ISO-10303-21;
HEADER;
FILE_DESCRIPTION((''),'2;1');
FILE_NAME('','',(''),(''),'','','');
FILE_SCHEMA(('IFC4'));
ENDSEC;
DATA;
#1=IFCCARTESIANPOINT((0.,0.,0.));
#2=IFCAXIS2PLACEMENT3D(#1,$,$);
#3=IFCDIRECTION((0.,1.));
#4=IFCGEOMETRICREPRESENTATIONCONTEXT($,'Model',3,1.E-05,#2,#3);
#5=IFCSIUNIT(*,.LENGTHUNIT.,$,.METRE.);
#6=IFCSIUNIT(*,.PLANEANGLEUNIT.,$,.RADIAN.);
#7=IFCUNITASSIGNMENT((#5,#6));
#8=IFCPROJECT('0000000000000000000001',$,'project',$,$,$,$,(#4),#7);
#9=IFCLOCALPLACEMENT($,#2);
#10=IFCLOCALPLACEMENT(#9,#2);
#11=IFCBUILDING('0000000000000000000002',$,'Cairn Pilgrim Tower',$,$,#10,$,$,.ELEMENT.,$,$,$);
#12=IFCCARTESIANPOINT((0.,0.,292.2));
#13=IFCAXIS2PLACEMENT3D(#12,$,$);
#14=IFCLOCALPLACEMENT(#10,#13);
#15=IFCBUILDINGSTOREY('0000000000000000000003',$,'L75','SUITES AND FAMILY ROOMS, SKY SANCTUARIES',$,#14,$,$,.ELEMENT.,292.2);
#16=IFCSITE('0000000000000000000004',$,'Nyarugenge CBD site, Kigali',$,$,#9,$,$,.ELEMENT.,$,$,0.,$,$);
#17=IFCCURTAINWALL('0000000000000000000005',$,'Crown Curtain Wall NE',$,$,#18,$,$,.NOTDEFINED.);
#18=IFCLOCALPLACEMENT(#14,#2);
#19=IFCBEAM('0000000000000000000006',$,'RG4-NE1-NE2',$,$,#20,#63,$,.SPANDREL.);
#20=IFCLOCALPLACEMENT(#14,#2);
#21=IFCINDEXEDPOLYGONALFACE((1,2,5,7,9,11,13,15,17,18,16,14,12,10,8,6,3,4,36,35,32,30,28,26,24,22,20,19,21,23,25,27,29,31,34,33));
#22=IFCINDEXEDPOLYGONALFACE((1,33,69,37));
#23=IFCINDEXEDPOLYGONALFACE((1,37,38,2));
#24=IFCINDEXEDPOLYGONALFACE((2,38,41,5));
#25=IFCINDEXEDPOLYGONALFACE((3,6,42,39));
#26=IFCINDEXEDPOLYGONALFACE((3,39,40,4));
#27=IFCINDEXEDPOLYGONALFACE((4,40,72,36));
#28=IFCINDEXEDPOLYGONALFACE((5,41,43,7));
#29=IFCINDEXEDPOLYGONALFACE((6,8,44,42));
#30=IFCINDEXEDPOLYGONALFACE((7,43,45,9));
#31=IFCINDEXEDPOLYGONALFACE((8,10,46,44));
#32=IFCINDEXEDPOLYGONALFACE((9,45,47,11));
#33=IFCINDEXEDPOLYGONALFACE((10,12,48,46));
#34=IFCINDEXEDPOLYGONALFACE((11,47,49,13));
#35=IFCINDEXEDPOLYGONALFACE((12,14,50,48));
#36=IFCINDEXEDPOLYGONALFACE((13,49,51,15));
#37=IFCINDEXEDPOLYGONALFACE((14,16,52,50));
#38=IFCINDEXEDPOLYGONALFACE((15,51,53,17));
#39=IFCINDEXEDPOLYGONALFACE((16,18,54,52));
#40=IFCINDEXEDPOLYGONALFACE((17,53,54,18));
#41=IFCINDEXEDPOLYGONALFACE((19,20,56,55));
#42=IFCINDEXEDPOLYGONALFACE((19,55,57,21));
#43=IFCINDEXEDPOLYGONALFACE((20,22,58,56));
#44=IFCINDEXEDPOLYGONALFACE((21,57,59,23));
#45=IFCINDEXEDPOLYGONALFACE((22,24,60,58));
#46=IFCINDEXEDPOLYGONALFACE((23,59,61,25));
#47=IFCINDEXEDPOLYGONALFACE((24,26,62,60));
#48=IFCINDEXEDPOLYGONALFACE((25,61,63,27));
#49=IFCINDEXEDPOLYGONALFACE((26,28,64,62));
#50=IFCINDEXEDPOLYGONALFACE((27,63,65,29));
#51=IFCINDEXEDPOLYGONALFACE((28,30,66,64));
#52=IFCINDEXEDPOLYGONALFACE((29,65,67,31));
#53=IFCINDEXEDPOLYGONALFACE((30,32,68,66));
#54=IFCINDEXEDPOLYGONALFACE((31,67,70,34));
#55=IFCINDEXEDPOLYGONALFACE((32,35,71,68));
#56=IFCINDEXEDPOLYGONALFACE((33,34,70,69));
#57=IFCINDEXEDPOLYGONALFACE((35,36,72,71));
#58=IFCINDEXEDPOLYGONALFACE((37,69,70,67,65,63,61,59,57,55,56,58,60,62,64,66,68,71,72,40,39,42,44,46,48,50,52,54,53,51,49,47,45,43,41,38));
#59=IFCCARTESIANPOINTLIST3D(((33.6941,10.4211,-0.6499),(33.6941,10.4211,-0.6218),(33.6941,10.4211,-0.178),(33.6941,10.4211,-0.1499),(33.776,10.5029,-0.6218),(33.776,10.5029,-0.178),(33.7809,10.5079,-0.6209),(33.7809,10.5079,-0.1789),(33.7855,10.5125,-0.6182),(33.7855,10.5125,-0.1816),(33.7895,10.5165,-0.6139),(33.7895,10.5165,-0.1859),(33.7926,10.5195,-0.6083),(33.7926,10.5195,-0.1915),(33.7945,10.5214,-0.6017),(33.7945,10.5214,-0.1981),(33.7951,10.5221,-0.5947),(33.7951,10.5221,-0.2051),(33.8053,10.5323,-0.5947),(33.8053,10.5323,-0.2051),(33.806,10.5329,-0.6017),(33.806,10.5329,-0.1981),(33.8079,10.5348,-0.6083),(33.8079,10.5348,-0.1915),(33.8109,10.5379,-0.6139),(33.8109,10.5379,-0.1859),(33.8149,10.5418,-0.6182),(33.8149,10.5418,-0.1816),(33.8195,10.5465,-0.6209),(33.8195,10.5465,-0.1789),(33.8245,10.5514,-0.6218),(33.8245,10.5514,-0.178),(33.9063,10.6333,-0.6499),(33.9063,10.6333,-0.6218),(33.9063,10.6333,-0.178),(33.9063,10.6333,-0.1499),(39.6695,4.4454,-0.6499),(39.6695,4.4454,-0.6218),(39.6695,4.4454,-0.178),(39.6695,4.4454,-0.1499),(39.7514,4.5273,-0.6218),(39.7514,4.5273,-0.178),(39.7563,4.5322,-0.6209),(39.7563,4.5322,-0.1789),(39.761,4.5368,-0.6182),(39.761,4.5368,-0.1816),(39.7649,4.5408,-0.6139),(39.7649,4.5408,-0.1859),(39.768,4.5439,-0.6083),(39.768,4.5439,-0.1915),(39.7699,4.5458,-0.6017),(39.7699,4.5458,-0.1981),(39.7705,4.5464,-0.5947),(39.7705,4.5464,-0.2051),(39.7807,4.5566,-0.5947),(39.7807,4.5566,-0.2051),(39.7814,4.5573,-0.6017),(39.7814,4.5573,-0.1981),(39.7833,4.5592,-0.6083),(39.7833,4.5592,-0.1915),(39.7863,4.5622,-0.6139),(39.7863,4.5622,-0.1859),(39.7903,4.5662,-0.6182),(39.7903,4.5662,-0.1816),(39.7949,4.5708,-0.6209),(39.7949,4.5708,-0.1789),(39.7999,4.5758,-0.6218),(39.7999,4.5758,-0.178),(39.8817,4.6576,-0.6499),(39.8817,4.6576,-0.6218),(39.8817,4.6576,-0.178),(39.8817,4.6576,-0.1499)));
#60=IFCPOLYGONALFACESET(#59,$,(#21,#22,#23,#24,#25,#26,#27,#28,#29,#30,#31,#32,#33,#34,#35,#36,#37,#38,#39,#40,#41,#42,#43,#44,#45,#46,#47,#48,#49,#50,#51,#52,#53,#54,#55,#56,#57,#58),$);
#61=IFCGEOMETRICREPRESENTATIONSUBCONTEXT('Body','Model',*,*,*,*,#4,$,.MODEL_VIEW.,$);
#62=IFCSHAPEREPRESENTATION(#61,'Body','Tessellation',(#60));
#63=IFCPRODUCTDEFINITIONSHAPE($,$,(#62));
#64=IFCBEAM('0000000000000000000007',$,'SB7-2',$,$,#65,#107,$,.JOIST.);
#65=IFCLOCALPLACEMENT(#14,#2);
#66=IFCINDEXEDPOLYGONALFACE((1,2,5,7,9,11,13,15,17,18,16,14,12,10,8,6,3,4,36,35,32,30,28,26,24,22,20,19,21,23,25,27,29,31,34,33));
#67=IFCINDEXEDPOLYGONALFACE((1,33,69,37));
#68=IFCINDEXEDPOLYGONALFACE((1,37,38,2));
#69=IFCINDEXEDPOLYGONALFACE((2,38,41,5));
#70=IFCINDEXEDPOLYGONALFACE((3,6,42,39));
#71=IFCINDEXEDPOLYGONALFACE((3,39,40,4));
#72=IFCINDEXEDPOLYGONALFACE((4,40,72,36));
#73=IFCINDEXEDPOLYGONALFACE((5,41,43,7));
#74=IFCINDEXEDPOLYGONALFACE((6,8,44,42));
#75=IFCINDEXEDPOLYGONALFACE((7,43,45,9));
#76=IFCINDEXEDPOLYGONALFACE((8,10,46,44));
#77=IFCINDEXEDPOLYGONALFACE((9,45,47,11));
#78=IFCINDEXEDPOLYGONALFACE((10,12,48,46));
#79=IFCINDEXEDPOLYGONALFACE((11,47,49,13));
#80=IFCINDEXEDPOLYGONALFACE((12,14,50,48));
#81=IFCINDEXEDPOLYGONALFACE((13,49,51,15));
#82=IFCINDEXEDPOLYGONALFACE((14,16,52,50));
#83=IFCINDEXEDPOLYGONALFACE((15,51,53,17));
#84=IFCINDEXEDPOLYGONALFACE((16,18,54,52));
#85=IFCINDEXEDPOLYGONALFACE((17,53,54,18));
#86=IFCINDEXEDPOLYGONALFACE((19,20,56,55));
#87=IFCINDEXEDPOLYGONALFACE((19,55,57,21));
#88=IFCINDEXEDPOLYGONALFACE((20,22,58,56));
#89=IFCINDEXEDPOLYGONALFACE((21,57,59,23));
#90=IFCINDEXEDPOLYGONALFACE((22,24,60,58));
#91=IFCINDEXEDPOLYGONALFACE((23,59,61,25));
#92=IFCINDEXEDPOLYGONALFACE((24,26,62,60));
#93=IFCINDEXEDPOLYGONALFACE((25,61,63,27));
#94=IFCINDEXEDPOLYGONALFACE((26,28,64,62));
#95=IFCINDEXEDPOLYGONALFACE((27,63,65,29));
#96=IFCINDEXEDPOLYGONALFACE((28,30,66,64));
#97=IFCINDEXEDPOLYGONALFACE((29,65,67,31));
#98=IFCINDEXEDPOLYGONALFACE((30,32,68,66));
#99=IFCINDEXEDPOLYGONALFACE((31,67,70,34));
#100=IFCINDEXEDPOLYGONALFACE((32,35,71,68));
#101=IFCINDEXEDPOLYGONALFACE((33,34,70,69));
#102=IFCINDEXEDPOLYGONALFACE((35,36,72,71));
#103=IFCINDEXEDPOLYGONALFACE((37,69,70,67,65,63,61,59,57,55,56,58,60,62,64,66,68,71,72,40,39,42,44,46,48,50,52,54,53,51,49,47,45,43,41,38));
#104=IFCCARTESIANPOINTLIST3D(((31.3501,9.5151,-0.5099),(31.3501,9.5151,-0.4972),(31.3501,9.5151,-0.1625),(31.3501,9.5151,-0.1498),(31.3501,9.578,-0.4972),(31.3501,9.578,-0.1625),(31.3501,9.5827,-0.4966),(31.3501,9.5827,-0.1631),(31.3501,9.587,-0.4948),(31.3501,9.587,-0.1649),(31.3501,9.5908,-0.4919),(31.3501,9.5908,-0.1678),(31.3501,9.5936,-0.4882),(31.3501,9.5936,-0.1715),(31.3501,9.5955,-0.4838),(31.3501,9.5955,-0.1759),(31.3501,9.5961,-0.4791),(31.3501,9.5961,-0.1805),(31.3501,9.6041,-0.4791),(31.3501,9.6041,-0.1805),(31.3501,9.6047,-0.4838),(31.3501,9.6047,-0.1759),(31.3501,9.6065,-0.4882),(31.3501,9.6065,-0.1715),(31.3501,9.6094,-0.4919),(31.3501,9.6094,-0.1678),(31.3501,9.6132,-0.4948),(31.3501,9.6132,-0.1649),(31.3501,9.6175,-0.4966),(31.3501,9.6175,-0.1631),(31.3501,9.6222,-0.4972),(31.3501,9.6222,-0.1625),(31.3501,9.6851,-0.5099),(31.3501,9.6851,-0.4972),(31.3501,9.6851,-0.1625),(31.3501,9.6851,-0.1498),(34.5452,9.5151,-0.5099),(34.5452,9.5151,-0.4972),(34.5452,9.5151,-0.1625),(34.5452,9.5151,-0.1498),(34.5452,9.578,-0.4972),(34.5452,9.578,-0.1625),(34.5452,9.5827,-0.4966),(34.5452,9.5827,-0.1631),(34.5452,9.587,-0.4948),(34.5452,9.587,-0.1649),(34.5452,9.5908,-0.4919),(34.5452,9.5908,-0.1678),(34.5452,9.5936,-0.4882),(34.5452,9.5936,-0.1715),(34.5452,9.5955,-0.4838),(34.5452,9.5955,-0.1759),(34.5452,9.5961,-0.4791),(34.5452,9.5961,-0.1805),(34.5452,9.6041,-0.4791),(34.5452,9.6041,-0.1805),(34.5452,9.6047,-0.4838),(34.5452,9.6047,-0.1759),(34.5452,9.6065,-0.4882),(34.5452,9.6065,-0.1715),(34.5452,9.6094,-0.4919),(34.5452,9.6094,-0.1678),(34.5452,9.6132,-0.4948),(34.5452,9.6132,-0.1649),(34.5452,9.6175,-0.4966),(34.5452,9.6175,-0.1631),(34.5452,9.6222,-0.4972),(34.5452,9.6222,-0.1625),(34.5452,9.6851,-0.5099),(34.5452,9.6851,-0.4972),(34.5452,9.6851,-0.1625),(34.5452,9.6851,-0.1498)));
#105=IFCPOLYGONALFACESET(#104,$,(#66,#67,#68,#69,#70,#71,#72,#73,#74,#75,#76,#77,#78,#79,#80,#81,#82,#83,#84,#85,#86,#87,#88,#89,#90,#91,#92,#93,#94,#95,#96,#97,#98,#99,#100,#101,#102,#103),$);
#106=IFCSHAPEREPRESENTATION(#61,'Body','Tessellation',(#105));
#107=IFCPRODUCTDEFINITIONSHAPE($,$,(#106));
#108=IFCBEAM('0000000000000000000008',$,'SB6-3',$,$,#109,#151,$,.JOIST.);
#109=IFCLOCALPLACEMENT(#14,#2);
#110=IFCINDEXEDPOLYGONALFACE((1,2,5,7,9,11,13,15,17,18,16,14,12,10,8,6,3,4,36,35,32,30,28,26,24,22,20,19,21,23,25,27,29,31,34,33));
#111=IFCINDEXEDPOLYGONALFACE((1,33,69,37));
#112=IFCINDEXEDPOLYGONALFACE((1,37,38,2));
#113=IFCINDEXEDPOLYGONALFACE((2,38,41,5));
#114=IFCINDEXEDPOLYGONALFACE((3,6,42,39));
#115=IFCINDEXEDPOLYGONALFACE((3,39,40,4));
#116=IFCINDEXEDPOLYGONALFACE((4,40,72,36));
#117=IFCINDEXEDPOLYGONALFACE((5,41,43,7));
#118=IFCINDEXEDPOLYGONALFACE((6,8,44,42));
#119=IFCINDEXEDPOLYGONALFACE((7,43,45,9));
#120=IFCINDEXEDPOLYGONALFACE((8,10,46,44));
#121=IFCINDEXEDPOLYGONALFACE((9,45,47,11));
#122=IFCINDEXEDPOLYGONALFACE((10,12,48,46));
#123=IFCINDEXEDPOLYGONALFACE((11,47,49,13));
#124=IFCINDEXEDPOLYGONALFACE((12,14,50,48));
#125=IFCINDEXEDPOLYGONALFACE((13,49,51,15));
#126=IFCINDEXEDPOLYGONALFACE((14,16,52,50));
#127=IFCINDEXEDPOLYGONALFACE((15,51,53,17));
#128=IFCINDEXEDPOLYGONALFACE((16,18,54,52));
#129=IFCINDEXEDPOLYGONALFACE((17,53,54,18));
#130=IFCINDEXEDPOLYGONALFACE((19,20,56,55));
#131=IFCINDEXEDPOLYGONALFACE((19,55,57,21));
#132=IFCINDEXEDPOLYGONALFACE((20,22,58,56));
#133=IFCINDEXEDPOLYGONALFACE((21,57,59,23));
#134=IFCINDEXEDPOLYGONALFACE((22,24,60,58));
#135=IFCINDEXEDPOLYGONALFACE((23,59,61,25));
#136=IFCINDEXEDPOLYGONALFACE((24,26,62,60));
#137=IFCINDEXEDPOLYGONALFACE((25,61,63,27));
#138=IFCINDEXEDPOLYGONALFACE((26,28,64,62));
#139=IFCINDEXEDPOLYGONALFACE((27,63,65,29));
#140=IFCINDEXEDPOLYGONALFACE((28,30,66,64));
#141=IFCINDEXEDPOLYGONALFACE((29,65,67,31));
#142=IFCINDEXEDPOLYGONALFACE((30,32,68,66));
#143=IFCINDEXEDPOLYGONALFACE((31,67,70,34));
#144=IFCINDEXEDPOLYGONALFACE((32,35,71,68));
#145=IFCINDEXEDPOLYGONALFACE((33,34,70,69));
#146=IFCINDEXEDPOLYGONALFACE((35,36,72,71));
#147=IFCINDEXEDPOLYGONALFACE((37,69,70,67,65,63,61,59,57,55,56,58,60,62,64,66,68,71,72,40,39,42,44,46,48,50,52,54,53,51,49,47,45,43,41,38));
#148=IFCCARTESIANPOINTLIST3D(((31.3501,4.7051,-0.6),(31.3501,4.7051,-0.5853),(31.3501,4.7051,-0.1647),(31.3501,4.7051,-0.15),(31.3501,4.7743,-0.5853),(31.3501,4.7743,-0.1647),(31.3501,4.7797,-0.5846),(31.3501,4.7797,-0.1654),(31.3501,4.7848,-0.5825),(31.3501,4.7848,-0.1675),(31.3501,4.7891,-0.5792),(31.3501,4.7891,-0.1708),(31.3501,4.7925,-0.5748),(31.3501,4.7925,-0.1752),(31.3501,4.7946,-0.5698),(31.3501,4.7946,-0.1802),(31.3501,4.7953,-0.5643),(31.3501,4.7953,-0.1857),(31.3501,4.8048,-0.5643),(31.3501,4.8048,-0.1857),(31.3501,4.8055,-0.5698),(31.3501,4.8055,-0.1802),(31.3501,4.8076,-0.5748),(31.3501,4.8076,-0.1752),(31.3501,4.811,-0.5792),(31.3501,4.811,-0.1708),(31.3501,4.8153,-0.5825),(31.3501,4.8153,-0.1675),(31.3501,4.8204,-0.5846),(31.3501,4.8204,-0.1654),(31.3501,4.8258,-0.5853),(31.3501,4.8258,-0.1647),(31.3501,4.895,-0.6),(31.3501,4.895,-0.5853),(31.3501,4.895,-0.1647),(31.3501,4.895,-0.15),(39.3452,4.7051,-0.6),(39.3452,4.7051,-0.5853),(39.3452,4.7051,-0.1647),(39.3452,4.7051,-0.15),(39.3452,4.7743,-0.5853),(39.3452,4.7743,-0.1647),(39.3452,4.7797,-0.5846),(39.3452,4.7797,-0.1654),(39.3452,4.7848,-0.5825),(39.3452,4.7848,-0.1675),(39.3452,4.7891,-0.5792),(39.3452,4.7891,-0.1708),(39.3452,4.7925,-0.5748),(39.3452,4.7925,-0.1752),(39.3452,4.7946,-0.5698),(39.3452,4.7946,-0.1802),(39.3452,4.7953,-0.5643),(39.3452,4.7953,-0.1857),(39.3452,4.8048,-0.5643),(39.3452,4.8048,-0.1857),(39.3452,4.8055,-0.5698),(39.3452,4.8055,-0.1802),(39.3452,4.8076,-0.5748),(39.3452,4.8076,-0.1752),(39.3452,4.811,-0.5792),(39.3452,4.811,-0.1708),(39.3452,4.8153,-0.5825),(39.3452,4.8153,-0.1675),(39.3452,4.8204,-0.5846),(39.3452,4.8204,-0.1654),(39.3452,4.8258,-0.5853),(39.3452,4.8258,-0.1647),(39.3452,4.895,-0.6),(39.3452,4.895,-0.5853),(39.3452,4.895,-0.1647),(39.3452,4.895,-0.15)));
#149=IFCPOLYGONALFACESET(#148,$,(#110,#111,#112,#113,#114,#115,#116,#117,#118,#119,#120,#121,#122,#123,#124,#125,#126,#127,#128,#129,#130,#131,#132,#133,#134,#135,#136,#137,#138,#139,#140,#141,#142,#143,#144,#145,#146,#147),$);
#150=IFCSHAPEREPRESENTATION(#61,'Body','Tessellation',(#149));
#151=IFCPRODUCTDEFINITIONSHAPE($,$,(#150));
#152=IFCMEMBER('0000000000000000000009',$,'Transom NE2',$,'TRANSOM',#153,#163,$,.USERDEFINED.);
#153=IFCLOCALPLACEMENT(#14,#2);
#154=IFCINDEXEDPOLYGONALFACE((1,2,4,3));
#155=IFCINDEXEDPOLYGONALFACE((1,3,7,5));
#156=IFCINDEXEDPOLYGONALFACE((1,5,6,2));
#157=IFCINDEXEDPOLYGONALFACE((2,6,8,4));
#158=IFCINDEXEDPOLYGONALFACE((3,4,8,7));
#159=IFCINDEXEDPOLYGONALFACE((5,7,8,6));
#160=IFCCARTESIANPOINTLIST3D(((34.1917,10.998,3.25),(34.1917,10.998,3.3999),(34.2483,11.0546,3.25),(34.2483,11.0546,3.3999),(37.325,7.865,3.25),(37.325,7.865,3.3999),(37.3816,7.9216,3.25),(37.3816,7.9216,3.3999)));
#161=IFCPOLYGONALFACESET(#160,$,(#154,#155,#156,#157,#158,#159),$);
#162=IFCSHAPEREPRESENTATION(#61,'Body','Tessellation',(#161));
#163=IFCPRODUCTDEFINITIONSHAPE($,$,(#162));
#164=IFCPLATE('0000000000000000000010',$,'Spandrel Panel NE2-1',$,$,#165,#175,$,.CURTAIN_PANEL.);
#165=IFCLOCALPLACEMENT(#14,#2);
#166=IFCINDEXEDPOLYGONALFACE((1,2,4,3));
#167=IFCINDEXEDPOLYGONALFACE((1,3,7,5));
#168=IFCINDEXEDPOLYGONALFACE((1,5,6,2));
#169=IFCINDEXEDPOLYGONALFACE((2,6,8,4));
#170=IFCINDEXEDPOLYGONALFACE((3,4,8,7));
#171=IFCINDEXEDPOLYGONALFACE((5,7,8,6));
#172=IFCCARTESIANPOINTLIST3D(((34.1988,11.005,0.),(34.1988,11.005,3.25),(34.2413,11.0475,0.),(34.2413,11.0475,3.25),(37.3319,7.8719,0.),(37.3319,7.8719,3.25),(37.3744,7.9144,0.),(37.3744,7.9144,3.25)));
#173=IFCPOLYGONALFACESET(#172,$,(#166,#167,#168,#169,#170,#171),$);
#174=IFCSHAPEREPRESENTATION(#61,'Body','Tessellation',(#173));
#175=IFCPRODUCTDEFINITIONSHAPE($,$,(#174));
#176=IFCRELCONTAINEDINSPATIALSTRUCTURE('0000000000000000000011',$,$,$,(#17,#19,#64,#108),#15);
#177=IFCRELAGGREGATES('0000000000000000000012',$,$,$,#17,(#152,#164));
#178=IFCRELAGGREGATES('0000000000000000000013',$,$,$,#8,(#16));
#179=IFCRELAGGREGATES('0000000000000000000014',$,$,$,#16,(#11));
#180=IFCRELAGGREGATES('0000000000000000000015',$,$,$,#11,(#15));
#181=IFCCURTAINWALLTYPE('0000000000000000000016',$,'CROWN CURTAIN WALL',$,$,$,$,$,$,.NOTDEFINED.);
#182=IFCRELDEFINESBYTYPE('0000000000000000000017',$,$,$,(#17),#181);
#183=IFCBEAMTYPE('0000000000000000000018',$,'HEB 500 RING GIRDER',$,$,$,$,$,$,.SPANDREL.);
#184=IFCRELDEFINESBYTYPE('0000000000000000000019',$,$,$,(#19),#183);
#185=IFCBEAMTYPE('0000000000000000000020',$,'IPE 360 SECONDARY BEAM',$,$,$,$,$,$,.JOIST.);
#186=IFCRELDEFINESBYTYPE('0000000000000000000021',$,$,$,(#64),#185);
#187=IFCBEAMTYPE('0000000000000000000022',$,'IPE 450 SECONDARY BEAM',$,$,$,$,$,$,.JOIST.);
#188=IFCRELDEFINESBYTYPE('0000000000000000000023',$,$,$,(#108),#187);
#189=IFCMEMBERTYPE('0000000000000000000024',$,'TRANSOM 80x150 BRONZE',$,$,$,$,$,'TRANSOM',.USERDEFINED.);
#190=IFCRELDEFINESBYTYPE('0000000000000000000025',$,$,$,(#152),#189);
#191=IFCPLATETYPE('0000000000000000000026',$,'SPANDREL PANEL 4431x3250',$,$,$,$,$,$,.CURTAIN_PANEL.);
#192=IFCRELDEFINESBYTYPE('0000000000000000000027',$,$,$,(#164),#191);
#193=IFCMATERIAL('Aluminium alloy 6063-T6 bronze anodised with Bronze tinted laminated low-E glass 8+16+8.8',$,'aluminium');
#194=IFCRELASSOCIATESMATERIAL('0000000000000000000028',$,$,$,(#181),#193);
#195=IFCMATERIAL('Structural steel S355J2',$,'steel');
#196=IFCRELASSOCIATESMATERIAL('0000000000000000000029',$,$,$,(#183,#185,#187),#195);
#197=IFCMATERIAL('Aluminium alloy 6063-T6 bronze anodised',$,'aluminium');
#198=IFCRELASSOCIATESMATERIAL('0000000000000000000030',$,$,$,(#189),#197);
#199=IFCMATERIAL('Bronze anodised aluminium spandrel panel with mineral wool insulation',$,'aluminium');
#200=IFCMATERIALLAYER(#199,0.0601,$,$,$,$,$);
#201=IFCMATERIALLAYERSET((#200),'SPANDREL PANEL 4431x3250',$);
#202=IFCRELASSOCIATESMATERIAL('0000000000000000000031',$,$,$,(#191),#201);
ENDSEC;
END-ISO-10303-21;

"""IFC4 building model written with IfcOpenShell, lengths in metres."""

from ifc_helpers import new_model, si_unit, direction, frame, origin, origin_2d, place, context, subcontext, project, spatial, rectangle, i_section, extrude, material, layer, layer_set, material_profile, profile_set, type_object, element, aggregate, save


model = new_model("IFC4")

# Units and contexts
model_context = context("Model", 3, precision=1e-05, world=origin(), true_north=direction((0.0, 1.0)))
body_context = subcontext(model_context, "Body", "Model", "MODEL_VIEW")
ifc_project = project(units=[si_unit("LENGTHUNIT", "METRE"), si_unit("PLANEANGLEUNIT", "RADIAN")], contexts=[model_context])

# Site, building, storey
site_placement = place(None, origin())
site = spatial("IfcSite", under=ifc_project, at=site_placement, Name="Nyarugenge CBD site, Kigali", CompositionType="ELEMENT", RefElevation=0.0)
building_placement = place(site_placement, origin())
building = spatial("IfcBuilding", under=site, at=building_placement, Name="Cairn Pilgrim Tower", CompositionType="ELEMENT")
storey_placement = place(building_placement, frame((0.0, 0.0, 292.2)))
storey = spatial("IfcBuildingStorey", under=building, at=storey_placement, Name="L75", Description="SUITES AND FAMILY ROOMS, SKY SANCTUARIES", CompositionType="ELEMENT", Elevation=292.2)

# Shared definitions
ifc_material_1 = material(Name="Structural steel S355J2", Category="steel")

# Shared definitions
ifc_material_2 = material(Name="Aluminium alloy 6063-T6 bronze anodised with Bronze tinted laminated low-E glass 8+16+8.8", Category="aluminium")
curtain_wall_type = type_object("IfcCurtainWallType", Name="CROWN CURTAIN WALL", PredefinedType="NOTDEFINED", material=ifc_material_2)
ifc_material_3 = material(Name="Aluminium alloy 6063-T6 bronze anodised", Category="aluminium")

# Curtain wall
curtain_wall_1_placement = place(storey_placement, origin())
curtain_wall_1 = element("IfcCurtainWall", 1, at=curtain_wall_1_placement, inside=storey, type_object=curtain_wall_type, Name="Crown Curtain Wall NE", PredefinedType="NOTDEFINED")

# Beams
ifc_material_profile_1 = material_profile(ifc_material_1, i_section(OverallWidth=0.3, OverallDepth=0.5, WebThickness=0.0144, FlangeThickness=0.0281, FilletRadius=0.0271, at=origin_2d()), Name="HEB 500")
ifc_profile_set_1 = profile_set([ifc_material_profile_1], Name="Structural steel S355J2")
beam_type_1 = type_object("IfcBeamType", Name="HEB 500 RING GIRDER", PredefinedType="SPANDREL", material=ifc_profile_set_1)
beam_1_placement = place(storey_placement, frame((39.7756, 4.5515, -0.3999), z_axis=(-0.707092, 0.707121, 0.0), x_axis=(-0.707121, -0.707092, 0.0)))
element("IfcBeam", 2, at=beam_1_placement, inside=storey, type_object=beam_type_1, Name="RG4-NE1-NE2", PredefinedType="SPANDREL", context=body_context, shape_type="SweptSolid", body=[
    extrude(i_section(OverallWidth=0.3, OverallDepth=0.5, WebThickness=0.0144, FlangeThickness=0.0281, FilletRadius=0.0271, at=origin_2d()), origin(), (0.0, 0.0, 1.0), 8.4507),
])
ifc_material_profile_2 = material_profile(ifc_material_1, i_section(OverallWidth=0.1699, OverallDepth=0.3601, WebThickness=0.0081, FlangeThickness=0.0127, FilletRadius=0.0181, at=origin_2d()), Name="IPE 360")
ifc_profile_set_2 = profile_set([ifc_material_profile_2], Name="Structural steel S355J2")
beam_type_2 = type_object("IfcBeamType", Name="IPE 360 SECONDARY BEAM", PredefinedType="JOIST", material=ifc_profile_set_2)
beam_2_placement = place(storey_placement, frame((31.3501, 9.6001, -0.3298), z_axis=(1.0, 0.0, 0.0), x_axis=(0.0, 1.0, 0.0)))
element("IfcBeam", 3, at=beam_2_placement, inside=storey, type_object=beam_type_2, Name="SB7-2", PredefinedType="JOIST", context=body_context, shape_type="SweptSolid", body=[
    extrude(i_section(OverallWidth=0.1699, OverallDepth=0.3601, WebThickness=0.0081, FlangeThickness=0.0127, FilletRadius=0.0181, at=origin_2d()), origin(), (0.0, 0.0, 1.0), 3.1951),
])
ifc_material_profile_3 = material_profile(ifc_material_1, i_section(OverallWidth=0.1899, OverallDepth=0.45, WebThickness=0.0095, FlangeThickness=0.0146, FilletRadius=0.021, at=origin_2d()), Name="IPE 450")
ifc_profile_set_3 = profile_set([ifc_material_profile_3], Name="Structural steel S355J2")
beam_type_3 = type_object("IfcBeamType", Name="IPE 450 SECONDARY BEAM", PredefinedType="JOIST", material=ifc_profile_set_3)
beam_3_placement = place(storey_placement, frame((31.3501, 4.8, -0.375), z_axis=(1.0, 0.0, 0.0), x_axis=(0.0, 1.0, 0.0)))
element("IfcBeam", 4, at=beam_3_placement, inside=storey, type_object=beam_type_3, Name="SB6-3", PredefinedType="JOIST", context=body_context, shape_type="SweptSolid", body=[
    extrude(i_section(OverallWidth=0.1899, OverallDepth=0.45, WebThickness=0.0095, FlangeThickness=0.0146, FilletRadius=0.021, at=origin_2d()), origin(), (0.0, 0.0, 1.0), 7.9951),
])

# Member
ifc_material_profile_4 = material_profile(ifc_material_3, rectangle(XDim=0.0801, YDim=0.1499, at=origin_2d()), Name="TRANSOM 80x150 BRONZE")
ifc_profile_set_4 = profile_set([ifc_material_profile_4], Name="Aluminium alloy 6063-T6 bronze anodised")
member_type_1 = type_object("IfcMemberType", Name="TRANSOM 80x150 BRONZE", ElementType="TRANSOM", PredefinedType="USERDEFINED", material=ifc_profile_set_4)
member_1_placement = place(storey_placement, frame((37.3533, 7.8933, 3.325), z_axis=(-0.707134, 0.707079, 0.0), x_axis=(-0.707079, -0.707134, 0.0)))
member_1 = element("IfcMember", 5, at=member_1_placement, type_object=member_type_1, Name="Transom NE2", ObjectType="TRANSOM", PredefinedType="USERDEFINED", context=body_context, shape_type="SweptSolid", body=[
    extrude(rectangle(XDim=0.0801, YDim=0.1499, at=origin_2d()), origin(), (0.0, 0.0, 1.0), 4.4309),
])

# Plate
ifc_material_4 = material(Name="Bronze anodised aluminium spandrel panel with mineral wool insulation", Category="aluminium")
ifc_layer_1 = layer(ifc_material_4, 0.0601)
ifc_layer_set_1 = layer_set([ifc_layer_1], Name="SPANDREL PANEL 4431x3250")
plate_type = type_object("IfcPlateType", Name="SPANDREL PANEL 4431x3250", PredefinedType="CURTAIN_PANEL", material=ifc_layer_set_1)
plate_placement = place(storey_placement, frame((35.7866, 9.4597, 0.0), z_axis=(0.0, 0.0, 1.0), x_axis=(-0.707107, 0.707107, 0.0)))
plate = element("IfcPlate", 6, at=plate_placement, type_object=plate_type, Name="Spandrel Panel NE2-1", PredefinedType="CURTAIN_PANEL", context=body_context, shape_type="SweptSolid", body=[
    extrude(rectangle(XDim=4.4309, YDim=0.0601, at=origin_2d()), origin(), (0.0, 0.0, 1.0), 3.25),
])
aggregate(curtain_wall_1, [member_1, plate])

save(model, "model.ifc")
